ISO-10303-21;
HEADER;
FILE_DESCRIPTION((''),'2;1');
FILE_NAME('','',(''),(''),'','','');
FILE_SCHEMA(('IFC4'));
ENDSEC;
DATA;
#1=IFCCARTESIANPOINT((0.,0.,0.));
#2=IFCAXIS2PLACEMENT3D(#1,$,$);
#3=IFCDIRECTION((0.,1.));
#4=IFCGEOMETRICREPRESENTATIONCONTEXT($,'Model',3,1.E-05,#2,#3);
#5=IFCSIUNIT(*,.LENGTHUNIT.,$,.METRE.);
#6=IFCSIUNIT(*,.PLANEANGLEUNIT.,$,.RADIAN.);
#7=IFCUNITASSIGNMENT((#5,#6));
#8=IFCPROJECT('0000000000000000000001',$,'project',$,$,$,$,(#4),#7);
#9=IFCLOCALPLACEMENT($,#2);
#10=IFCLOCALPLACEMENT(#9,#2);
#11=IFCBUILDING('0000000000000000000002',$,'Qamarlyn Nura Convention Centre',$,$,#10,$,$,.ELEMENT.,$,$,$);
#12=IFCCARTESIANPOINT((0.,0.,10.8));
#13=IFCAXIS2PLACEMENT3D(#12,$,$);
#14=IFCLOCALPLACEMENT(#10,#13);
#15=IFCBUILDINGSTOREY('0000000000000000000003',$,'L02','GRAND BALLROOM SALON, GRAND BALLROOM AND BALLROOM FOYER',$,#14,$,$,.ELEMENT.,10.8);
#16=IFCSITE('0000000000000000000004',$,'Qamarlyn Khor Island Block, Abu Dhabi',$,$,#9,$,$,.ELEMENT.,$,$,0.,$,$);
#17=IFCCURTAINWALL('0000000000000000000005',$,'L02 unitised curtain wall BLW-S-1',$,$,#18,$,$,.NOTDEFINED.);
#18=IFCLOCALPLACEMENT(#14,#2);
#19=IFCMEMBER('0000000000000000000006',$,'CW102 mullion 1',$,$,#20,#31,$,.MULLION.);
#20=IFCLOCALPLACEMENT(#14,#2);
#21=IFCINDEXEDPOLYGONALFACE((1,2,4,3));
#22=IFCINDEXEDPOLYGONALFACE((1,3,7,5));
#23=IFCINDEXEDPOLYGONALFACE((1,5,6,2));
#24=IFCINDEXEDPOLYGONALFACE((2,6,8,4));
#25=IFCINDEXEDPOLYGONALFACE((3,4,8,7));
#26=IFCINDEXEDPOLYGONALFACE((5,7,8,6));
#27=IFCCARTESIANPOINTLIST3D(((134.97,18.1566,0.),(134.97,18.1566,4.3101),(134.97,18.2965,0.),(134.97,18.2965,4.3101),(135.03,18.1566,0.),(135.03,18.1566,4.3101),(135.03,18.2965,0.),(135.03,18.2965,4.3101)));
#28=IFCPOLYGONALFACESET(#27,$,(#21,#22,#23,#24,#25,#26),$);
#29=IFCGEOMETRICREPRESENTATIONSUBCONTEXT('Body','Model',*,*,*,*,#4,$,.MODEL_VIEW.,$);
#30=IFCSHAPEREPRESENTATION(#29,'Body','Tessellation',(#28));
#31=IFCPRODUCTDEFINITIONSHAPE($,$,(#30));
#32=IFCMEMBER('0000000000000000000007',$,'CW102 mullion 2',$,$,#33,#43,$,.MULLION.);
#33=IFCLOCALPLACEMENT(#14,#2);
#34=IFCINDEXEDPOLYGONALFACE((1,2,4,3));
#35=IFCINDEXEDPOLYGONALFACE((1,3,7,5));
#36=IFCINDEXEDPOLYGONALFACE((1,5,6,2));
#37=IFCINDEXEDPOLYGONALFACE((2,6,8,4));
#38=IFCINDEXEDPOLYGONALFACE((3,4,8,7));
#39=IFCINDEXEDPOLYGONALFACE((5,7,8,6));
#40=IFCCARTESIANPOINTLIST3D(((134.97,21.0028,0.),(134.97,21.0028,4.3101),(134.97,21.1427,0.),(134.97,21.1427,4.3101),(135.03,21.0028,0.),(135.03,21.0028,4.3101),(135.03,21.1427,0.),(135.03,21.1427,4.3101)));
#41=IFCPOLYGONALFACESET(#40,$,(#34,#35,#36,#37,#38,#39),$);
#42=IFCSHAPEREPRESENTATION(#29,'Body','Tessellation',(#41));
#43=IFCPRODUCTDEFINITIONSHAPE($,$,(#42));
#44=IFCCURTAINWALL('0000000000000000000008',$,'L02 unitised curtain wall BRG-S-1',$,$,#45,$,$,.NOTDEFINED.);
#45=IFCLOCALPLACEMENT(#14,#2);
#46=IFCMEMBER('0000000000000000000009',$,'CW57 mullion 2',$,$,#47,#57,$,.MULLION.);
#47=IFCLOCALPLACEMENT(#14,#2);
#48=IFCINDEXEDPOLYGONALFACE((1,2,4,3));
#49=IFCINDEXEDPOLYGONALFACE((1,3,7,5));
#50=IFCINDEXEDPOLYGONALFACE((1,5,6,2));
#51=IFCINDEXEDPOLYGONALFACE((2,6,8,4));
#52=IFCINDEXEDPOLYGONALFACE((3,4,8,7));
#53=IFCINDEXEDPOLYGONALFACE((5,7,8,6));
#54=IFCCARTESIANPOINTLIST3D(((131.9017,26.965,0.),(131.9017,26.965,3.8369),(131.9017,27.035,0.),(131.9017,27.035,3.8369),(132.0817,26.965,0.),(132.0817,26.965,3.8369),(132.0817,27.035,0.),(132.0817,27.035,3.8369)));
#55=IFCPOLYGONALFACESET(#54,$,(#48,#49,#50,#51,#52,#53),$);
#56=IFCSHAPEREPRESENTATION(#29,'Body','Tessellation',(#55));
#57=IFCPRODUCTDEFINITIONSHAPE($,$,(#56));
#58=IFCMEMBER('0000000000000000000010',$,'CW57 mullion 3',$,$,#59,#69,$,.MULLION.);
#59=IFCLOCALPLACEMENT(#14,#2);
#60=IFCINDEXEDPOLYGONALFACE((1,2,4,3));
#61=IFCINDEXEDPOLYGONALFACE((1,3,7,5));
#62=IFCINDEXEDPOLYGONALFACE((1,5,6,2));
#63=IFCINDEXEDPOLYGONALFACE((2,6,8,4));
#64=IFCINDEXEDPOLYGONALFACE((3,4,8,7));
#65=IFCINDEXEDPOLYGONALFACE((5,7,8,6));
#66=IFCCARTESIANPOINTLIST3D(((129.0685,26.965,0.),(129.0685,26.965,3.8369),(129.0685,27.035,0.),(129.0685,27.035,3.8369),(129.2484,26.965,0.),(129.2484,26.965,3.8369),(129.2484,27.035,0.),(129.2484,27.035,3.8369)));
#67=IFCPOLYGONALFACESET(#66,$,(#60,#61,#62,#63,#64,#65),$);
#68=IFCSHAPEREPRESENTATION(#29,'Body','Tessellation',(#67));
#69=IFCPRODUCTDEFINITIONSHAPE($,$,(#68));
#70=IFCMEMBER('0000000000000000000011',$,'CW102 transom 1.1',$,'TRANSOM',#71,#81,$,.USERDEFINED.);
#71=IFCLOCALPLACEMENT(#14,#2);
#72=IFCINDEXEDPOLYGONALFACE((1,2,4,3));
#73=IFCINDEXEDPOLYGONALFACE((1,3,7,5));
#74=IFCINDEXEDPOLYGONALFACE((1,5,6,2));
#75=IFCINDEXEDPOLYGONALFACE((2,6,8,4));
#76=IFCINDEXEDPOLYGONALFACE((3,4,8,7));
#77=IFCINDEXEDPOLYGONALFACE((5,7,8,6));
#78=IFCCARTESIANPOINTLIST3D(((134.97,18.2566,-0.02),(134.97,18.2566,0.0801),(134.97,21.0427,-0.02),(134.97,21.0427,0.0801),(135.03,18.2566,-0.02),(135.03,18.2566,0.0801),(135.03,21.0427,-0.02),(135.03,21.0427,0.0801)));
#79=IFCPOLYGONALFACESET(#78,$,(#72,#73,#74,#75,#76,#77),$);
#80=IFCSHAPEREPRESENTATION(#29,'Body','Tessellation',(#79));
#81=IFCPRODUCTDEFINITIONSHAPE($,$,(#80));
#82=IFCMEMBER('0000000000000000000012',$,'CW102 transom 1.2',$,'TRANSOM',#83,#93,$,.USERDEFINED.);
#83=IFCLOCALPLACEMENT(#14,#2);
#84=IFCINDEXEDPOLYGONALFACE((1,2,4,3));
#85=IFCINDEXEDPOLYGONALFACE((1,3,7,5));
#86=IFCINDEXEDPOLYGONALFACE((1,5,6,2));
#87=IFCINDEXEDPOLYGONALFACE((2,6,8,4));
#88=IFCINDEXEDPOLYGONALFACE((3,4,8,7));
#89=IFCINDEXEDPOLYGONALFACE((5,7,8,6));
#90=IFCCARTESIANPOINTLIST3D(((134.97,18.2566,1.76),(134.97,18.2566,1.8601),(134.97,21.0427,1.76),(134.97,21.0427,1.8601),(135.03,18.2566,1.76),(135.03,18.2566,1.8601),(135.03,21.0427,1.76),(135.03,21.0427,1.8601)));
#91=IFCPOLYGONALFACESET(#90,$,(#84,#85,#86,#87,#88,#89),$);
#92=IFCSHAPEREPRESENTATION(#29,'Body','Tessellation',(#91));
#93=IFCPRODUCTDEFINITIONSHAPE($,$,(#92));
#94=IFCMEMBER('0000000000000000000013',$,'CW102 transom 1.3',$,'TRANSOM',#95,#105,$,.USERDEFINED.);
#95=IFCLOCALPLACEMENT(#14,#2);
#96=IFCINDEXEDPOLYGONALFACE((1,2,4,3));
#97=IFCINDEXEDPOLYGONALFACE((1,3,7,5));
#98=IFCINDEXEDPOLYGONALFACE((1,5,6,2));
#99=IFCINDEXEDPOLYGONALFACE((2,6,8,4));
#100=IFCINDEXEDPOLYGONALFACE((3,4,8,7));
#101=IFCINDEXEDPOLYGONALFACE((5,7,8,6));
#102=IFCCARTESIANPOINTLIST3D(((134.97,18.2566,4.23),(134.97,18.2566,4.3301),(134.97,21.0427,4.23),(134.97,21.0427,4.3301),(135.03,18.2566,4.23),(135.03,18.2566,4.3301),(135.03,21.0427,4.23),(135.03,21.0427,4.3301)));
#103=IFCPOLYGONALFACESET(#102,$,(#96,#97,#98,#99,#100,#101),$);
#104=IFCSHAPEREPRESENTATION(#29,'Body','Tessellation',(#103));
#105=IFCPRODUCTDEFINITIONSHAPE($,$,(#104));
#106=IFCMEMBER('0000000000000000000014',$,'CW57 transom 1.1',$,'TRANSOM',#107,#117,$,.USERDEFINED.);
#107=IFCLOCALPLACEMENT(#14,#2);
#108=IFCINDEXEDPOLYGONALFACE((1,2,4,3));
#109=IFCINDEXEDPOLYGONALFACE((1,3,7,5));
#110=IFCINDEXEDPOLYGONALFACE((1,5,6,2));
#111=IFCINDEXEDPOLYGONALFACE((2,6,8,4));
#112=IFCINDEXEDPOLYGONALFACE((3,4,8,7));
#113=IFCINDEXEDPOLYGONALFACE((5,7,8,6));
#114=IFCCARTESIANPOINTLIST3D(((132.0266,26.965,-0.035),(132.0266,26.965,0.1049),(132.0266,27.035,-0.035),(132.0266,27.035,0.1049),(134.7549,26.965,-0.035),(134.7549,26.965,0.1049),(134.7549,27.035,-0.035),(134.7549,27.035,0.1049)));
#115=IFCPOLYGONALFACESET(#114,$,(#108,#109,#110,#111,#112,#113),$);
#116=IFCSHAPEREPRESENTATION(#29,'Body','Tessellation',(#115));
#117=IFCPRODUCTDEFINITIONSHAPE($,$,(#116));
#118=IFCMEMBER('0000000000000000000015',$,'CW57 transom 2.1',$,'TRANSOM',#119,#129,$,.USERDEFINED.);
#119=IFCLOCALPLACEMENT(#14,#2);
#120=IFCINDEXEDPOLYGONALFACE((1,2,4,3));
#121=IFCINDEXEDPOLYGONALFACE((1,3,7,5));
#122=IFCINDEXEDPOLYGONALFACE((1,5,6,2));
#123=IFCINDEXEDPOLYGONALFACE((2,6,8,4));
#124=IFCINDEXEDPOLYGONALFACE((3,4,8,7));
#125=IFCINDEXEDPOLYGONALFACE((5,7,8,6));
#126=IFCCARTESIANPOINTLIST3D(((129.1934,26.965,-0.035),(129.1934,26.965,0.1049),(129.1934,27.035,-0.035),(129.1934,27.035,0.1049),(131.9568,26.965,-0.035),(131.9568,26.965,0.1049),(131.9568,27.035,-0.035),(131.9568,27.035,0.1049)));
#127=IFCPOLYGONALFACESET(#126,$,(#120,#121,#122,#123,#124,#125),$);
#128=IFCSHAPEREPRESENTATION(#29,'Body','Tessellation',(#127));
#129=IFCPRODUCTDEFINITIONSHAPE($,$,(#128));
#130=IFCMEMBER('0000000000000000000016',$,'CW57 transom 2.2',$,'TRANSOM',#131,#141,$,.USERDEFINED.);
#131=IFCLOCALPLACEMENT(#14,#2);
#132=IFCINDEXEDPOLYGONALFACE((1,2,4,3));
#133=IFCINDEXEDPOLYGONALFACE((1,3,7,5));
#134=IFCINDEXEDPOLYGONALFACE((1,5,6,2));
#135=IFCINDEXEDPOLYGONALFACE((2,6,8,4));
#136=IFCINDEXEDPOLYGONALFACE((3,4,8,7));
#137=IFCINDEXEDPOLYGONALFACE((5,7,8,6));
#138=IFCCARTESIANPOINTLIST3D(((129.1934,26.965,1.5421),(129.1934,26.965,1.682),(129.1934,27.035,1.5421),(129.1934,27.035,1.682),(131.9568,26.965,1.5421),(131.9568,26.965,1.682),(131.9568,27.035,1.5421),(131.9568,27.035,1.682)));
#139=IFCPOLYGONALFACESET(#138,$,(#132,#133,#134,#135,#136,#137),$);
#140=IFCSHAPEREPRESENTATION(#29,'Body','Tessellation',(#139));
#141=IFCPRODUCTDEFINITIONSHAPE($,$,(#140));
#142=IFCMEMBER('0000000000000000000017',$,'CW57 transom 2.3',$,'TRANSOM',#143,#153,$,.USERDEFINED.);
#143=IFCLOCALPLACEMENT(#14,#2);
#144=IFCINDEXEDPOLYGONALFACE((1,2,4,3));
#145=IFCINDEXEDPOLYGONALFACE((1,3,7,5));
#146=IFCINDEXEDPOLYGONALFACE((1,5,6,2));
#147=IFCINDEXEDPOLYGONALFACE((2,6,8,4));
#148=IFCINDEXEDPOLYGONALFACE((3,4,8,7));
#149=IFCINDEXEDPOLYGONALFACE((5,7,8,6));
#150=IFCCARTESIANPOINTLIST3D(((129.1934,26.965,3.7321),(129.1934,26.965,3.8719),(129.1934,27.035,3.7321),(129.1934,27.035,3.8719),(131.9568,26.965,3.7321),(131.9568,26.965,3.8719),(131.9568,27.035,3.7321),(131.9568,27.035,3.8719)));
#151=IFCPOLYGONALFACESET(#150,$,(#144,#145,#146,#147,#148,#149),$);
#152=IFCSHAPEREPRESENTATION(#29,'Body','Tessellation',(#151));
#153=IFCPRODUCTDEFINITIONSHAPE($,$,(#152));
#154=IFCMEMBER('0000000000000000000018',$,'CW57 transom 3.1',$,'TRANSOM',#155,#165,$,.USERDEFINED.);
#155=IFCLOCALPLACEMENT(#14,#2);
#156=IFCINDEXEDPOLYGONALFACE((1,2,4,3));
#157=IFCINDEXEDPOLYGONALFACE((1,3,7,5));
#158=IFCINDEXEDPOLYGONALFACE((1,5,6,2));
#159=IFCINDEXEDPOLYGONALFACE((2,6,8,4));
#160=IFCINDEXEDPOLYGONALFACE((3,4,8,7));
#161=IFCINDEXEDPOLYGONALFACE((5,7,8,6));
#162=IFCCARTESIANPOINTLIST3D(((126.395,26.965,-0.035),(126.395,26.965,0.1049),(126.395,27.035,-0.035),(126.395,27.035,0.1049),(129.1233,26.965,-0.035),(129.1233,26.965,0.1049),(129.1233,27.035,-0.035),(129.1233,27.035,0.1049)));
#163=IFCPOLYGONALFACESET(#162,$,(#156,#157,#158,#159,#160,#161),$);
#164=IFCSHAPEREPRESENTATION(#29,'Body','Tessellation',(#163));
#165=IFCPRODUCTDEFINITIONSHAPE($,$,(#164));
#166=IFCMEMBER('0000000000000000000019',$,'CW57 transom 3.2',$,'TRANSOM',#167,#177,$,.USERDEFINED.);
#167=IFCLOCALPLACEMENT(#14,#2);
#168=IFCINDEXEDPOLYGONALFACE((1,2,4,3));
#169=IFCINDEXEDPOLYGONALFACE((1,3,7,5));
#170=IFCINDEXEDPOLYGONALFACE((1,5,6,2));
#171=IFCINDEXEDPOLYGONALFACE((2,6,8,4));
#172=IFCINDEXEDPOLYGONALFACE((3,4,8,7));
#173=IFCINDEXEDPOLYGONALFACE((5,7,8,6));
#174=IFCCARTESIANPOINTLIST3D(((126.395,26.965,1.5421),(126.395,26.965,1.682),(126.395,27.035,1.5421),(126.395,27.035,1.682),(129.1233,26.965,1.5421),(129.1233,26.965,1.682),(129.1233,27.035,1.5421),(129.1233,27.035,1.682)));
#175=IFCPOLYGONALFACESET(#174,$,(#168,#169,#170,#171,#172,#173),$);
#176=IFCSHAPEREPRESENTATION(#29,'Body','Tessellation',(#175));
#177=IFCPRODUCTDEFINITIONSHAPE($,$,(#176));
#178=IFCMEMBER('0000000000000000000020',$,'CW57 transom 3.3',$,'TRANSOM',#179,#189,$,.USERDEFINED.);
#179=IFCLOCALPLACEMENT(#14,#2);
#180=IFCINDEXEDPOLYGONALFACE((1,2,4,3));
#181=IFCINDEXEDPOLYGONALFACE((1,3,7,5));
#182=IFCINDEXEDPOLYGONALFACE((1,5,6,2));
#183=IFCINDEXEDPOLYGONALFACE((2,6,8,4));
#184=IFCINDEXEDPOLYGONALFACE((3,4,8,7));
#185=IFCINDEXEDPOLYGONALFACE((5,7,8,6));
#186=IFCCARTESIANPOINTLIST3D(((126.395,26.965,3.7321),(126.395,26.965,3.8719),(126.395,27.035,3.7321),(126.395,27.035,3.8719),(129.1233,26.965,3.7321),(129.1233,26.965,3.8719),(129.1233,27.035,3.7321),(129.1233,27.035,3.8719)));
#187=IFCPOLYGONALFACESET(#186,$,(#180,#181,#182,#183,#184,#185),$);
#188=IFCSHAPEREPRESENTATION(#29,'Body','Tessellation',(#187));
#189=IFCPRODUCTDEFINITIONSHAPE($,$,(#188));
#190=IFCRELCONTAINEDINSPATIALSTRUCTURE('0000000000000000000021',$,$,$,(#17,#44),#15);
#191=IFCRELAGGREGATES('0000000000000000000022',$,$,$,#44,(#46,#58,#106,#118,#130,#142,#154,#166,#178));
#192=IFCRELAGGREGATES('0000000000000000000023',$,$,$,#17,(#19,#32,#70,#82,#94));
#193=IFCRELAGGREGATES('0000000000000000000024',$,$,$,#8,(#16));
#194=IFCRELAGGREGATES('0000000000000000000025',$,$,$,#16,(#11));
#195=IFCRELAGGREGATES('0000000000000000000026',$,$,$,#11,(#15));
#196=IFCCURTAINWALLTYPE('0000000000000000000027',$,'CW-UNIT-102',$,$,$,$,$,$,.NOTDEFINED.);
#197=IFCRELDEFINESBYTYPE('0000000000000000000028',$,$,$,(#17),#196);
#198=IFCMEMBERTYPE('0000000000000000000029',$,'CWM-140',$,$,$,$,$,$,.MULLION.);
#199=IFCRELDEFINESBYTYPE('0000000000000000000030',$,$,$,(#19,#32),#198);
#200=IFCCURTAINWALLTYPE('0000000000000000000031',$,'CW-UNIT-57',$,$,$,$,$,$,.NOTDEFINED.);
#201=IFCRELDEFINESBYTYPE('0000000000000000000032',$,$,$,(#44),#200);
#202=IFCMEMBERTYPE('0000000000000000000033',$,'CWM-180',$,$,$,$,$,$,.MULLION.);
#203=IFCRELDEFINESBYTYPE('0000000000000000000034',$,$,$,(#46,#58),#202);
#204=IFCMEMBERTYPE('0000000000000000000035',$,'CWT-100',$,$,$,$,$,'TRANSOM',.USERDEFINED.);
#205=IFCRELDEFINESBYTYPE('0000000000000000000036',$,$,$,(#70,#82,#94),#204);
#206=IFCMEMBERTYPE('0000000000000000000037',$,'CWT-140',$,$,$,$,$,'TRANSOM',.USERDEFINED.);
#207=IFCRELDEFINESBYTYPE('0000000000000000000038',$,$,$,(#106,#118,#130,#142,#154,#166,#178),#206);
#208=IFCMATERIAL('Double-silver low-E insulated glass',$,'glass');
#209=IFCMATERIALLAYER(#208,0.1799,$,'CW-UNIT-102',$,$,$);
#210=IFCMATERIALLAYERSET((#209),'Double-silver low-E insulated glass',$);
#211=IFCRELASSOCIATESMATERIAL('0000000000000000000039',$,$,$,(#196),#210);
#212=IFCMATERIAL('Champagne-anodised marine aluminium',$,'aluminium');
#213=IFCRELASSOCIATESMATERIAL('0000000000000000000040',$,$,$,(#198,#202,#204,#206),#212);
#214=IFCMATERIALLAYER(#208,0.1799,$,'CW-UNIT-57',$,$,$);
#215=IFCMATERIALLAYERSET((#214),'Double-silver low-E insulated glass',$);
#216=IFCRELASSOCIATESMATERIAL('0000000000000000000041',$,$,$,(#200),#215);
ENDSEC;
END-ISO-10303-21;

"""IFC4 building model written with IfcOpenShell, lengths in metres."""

from ifc_helpers import new_model, si_unit, direction, frame, origin, origin_2d, place, context, subcontext, project, spatial, rectangle, extrude, material, layer, layer_set, material_profile, profile_set, type_object, element, aggregate, save


model = new_model("IFC4")

# Units and contexts
model_context = context("Model", 3, precision=1e-05, world=origin(), true_north=direction((0.0, 1.0)))
body_context = subcontext(model_context, "Body", "Model", "MODEL_VIEW")
ifc_project = project(units=[si_unit("LENGTHUNIT", "METRE"), si_unit("PLANEANGLEUNIT", "RADIAN")], contexts=[model_context])

# Site, building, storey
site_placement = place(None, origin())
site = spatial("IfcSite", under=ifc_project, at=site_placement, Name="Qamarlyn Khor Island Block, Abu Dhabi", CompositionType="ELEMENT", RefElevation=0.0)
building_placement = place(site_placement, origin())
building = spatial("IfcBuilding", under=site, at=building_placement, Name="Qamarlyn Nura Convention Centre", CompositionType="ELEMENT")
storey_placement = place(building_placement, frame((0.0, 0.0, 10.8)))
storey = spatial("IfcBuildingStorey", under=building, at=storey_placement, Name="L02", Description="GRAND BALLROOM SALON, GRAND BALLROOM AND BALLROOM FOYER", CompositionType="ELEMENT", Elevation=10.8)

# Curtain walls, members
ifc_material_1 = material(Name="Double-silver low-E insulated glass", Category="glass")
ifc_layer_1 = layer(ifc_material_1, 0.1799, Name="CW-UNIT-102")
ifc_layer_set_1 = layer_set([ifc_layer_1], Name="Double-silver low-E insulated glass")
curtain_wall_type_1 = type_object("IfcCurtainWallType", Name="CW-UNIT-102", PredefinedType="NOTDEFINED", material=ifc_layer_set_1)
curtain_wall_1_placement = place(storey_placement, origin())
curtain_wall_1 = element("IfcCurtainWall", 1, at=curtain_wall_1_placement, inside=storey, type_object=curtain_wall_type_1, Name="L02 unitised curtain wall BLW-S-1", PredefinedType="NOTDEFINED")
ifc_material_2 = material(Name="Champagne-anodised marine aluminium", Category="aluminium")
ifc_material_profile_1 = material_profile(ifc_material_2, rectangle(XDim=0.0601, YDim=0.1399, at=origin_2d()), Name="ALU MULLION 60x140")
ifc_profile_set_1 = profile_set([ifc_material_profile_1], Name="Champagne-anodised marine aluminium")
member_type_1 = type_object("IfcMemberType", Name="CWM-140", PredefinedType="MULLION", material=ifc_profile_set_1)
member_1_placement = place(storey_placement, frame((135.0, 18.2266, 0.0), z_axis=(0.0, 0.0, 1.0), x_axis=(-1.0, 0.0, 0.0)))
member_1 = element("IfcMember", 2, at=member_1_placement, type_object=member_type_1, Name="CW102 mullion 1", PredefinedType="MULLION", context=body_context, shape_type="SweptSolid", body=[
    extrude(rectangle(XDim=0.0601, YDim=0.1399, at=origin_2d()), origin(), (0.0, 0.0, 1.0), 4.3101),
])
member_2_placement = place(storey_placement, frame((135.0, 21.0728, 0.0), z_axis=(0.0, 0.0, 1.0), x_axis=(-1.0, 0.0, 0.0)))
member_2 = element("IfcMember", 3, at=member_2_placement, type_object=member_type_1, Name="CW102 mullion 2", PredefinedType="MULLION", context=body_context, shape_type="SweptSolid", body=[
    extrude(rectangle(XDim=0.0601, YDim=0.1399, at=origin_2d()), origin(), (0.0, 0.0, 1.0), 4.3101),
])
ifc_layer_2 = layer(ifc_material_1, 0.1799, Name="CW-UNIT-57")
ifc_layer_set_2 = layer_set([ifc_layer_2], Name="Double-silver low-E insulated glass")
curtain_wall_type_2 = type_object("IfcCurtainWallType", Name="CW-UNIT-57", PredefinedType="NOTDEFINED", material=ifc_layer_set_2)
curtain_wall_2_placement = place(storey_placement, origin())
curtain_wall_2 = element("IfcCurtainWall", 4, at=curtain_wall_2_placement, inside=storey, type_object=curtain_wall_type_2, Name="L02 unitised curtain wall BRG-S-1", PredefinedType="NOTDEFINED")
ifc_material_profile_2 = material_profile(ifc_material_2, rectangle(XDim=0.0701, YDim=0.1799, at=origin_2d()), Name="ALU MULLION 70x180")
ifc_profile_set_2 = profile_set([ifc_material_profile_2], Name="Champagne-anodised marine aluminium")
member_type_2 = type_object("IfcMemberType", Name="CWM-180", PredefinedType="MULLION", material=ifc_profile_set_2)
member_3_placement = place(storey_placement, frame((131.9917, 27.0, 0.0), z_axis=(0.0, 0.0, 1.0), x_axis=(0.0, -1.0, 0.0)))
member_3 = element("IfcMember", 5, at=member_3_placement, type_object=member_type_2, Name="CW57 mullion 2", PredefinedType="MULLION", context=body_context, shape_type="SweptSolid", body=[
    extrude(rectangle(XDim=0.0701, YDim=0.1799, at=origin_2d()), origin(), (0.0, 0.0, 1.0), 3.8369),
])
member_4_placement = place(storey_placement, frame((129.1584, 27.0, 0.0), z_axis=(0.0, 0.0, 1.0), x_axis=(0.0, -1.0, 0.0)))
member_4 = element("IfcMember", 6, at=member_4_placement, type_object=member_type_2, Name="CW57 mullion 3", PredefinedType="MULLION", context=body_context, shape_type="SweptSolid", body=[
    extrude(rectangle(XDim=0.0701, YDim=0.1799, at=origin_2d()), origin(), (0.0, 0.0, 1.0), 3.8369),
])

# Members
ifc_material_profile_3 = material_profile(ifc_material_2, rectangle(XDim=0.0601, YDim=0.1001, at=origin_2d()), Name="ALU TRANSOM 60x100")
ifc_profile_set_3 = profile_set([ifc_material_profile_3], Name="Champagne-anodised marine aluminium")
member_type_3 = type_object("IfcMemberType", Name="CWT-100", ElementType="TRANSOM", PredefinedType="USERDEFINED", material=ifc_profile_set_3)
member_5_placement = place(storey_placement, frame((135.0, 18.2566, 0.03), z_axis=(0.0, 1.0, 0.0), x_axis=(-1.0, 0.0, 0.0)))
member_5 = element("IfcMember", 7, at=member_5_placement, type_object=member_type_3, Name="CW102 transom 1.1", ObjectType="TRANSOM", PredefinedType="USERDEFINED", context=body_context, shape_type="SweptSolid", body=[
    extrude(rectangle(XDim=0.0601, YDim=0.1001, at=origin_2d()), origin(), (0.0, 0.0, 1.0), 2.7861),
])
member_6_placement = place(storey_placement, frame((135.0, 18.2566, 1.8101), z_axis=(0.0, 1.0, 0.0), x_axis=(-1.0, 0.0, 0.0)))
member_6 = element("IfcMember", 8, at=member_6_placement, type_object=member_type_3, Name="CW102 transom 1.2", ObjectType="TRANSOM", PredefinedType="USERDEFINED", context=body_context, shape_type="SweptSolid", body=[
    extrude(rectangle(XDim=0.0601, YDim=0.1001, at=origin_2d()), origin(), (0.0, 0.0, 1.0), 2.7861),
])
member_7_placement = place(storey_placement, frame((135.0, 18.2566, 4.28), z_axis=(0.0, 1.0, 0.0), x_axis=(-1.0, 0.0, 0.0)))
member_7 = element("IfcMember", 9, at=member_7_placement, type_object=member_type_3, Name="CW102 transom 1.3", ObjectType="TRANSOM", PredefinedType="USERDEFINED", context=body_context, shape_type="SweptSolid", body=[
    extrude(rectangle(XDim=0.0601, YDim=0.1001, at=origin_2d()), origin(), (0.0, 0.0, 1.0), 2.7861),
])
ifc_material_profile_4 = material_profile(ifc_material_2, rectangle(XDim=0.0701, YDim=0.1399, at=origin_2d()), Name="ALU TRANSOM 70x140")
ifc_profile_set_4 = profile_set([ifc_material_profile_4], Name="Champagne-anodised marine aluminium")
member_type_4 = type_object("IfcMemberType", Name="CWT-140", ElementType="TRANSOM", PredefinedType="USERDEFINED", material=ifc_profile_set_4)
member_8_placement = place(storey_placement, frame((134.7549, 27.0, 0.0349), z_axis=(-1.0, 0.0, 0.0), x_axis=(0.0, -1.0, 0.0)))
member_8 = element("IfcMember", 10, at=member_8_placement, type_object=member_type_4, Name="CW57 transom 1.1", ObjectType="TRANSOM", PredefinedType="USERDEFINED", context=body_context, shape_type="SweptSolid", body=[
    extrude(rectangle(XDim=0.0701, YDim=0.1399, at=origin_2d()), origin(), (0.0, 0.0, 1.0), 2.7283),
])
member_9_placement = place(storey_placement, frame((131.9568, 27.0, 0.0349), z_axis=(-1.0, 0.0, 0.0), x_axis=(0.0, -1.0, 0.0)))
member_9 = element("IfcMember", 11, at=member_9_placement, type_object=member_type_4, Name="CW57 transom 2.1", ObjectType="TRANSOM", PredefinedType="USERDEFINED", context=body_context, shape_type="SweptSolid", body=[
    extrude(rectangle(XDim=0.0701, YDim=0.1399, at=origin_2d()), origin(), (0.0, 0.0, 1.0), 2.7634),
])
member_10_placement = place(storey_placement, frame((131.9568, 27.0, 1.6121), z_axis=(-1.0, 0.0, 0.0), x_axis=(0.0, -1.0, 0.0)))
member_10 = element("IfcMember", 12, at=member_10_placement, type_object=member_type_4, Name="CW57 transom 2.2", ObjectType="TRANSOM", PredefinedType="USERDEFINED", context=body_context, shape_type="SweptSolid", body=[
    extrude(rectangle(XDim=0.0701, YDim=0.1399, at=origin_2d()), origin(), (0.0, 0.0, 1.0), 2.7634),
])
member_11_placement = place(storey_placement, frame((131.9568, 27.0, 3.802), z_axis=(-1.0, 0.0, 0.0), x_axis=(0.0, -1.0, 0.0)))
member_11 = element("IfcMember", 13, at=member_11_placement, type_object=member_type_4, Name="CW57 transom 2.3", ObjectType="TRANSOM", PredefinedType="USERDEFINED", context=body_context, shape_type="SweptSolid", body=[
    extrude(rectangle(XDim=0.0701, YDim=0.1399, at=origin_2d()), origin(), (0.0, 0.0, 1.0), 2.7634),
])
member_12_placement = place(storey_placement, frame((129.1233, 27.0, 0.0349), z_axis=(-1.0, 0.0, 0.0), x_axis=(0.0, -1.0, 0.0)))
member_12 = element("IfcMember", 14, at=member_12_placement, type_object=member_type_4, Name="CW57 transom 3.1", ObjectType="TRANSOM", PredefinedType="USERDEFINED", context=body_context, shape_type="SweptSolid", body=[
    extrude(rectangle(XDim=0.0701, YDim=0.1399, at=origin_2d()), origin(), (0.0, 0.0, 1.0), 2.7283),
])
member_13_placement = place(storey_placement, frame((129.1233, 27.0, 1.6121), z_axis=(-1.0, 0.0, 0.0), x_axis=(0.0, -1.0, 0.0)))
member_13 = element("IfcMember", 15, at=member_13_placement, type_object=member_type_4, Name="CW57 transom 3.2", ObjectType="TRANSOM", PredefinedType="USERDEFINED", context=body_context, shape_type="SweptSolid", body=[
    extrude(rectangle(XDim=0.0701, YDim=0.1399, at=origin_2d()), origin(), (0.0, 0.0, 1.0), 2.7283),
])
member_14_placement = place(storey_placement, frame((129.1233, 27.0, 3.802), z_axis=(-1.0, 0.0, 0.0), x_axis=(0.0, -1.0, 0.0)))
member_14 = element("IfcMember", 16, at=member_14_placement, type_object=member_type_4, Name="CW57 transom 3.3", ObjectType="TRANSOM", PredefinedType="USERDEFINED", context=body_context, shape_type="SweptSolid", body=[
    extrude(rectangle(XDim=0.0701, YDim=0.1399, at=origin_2d()), origin(), (0.0, 0.0, 1.0), 2.7283),
])

aggregate(curtain_wall_2, [member_3, member_4, member_8, member_9, member_10, member_11, member_12, member_13, member_14])
aggregate(curtain_wall_1, [member_1, member_2, member_5, member_6, member_7])

save(model, "model.ifc")
